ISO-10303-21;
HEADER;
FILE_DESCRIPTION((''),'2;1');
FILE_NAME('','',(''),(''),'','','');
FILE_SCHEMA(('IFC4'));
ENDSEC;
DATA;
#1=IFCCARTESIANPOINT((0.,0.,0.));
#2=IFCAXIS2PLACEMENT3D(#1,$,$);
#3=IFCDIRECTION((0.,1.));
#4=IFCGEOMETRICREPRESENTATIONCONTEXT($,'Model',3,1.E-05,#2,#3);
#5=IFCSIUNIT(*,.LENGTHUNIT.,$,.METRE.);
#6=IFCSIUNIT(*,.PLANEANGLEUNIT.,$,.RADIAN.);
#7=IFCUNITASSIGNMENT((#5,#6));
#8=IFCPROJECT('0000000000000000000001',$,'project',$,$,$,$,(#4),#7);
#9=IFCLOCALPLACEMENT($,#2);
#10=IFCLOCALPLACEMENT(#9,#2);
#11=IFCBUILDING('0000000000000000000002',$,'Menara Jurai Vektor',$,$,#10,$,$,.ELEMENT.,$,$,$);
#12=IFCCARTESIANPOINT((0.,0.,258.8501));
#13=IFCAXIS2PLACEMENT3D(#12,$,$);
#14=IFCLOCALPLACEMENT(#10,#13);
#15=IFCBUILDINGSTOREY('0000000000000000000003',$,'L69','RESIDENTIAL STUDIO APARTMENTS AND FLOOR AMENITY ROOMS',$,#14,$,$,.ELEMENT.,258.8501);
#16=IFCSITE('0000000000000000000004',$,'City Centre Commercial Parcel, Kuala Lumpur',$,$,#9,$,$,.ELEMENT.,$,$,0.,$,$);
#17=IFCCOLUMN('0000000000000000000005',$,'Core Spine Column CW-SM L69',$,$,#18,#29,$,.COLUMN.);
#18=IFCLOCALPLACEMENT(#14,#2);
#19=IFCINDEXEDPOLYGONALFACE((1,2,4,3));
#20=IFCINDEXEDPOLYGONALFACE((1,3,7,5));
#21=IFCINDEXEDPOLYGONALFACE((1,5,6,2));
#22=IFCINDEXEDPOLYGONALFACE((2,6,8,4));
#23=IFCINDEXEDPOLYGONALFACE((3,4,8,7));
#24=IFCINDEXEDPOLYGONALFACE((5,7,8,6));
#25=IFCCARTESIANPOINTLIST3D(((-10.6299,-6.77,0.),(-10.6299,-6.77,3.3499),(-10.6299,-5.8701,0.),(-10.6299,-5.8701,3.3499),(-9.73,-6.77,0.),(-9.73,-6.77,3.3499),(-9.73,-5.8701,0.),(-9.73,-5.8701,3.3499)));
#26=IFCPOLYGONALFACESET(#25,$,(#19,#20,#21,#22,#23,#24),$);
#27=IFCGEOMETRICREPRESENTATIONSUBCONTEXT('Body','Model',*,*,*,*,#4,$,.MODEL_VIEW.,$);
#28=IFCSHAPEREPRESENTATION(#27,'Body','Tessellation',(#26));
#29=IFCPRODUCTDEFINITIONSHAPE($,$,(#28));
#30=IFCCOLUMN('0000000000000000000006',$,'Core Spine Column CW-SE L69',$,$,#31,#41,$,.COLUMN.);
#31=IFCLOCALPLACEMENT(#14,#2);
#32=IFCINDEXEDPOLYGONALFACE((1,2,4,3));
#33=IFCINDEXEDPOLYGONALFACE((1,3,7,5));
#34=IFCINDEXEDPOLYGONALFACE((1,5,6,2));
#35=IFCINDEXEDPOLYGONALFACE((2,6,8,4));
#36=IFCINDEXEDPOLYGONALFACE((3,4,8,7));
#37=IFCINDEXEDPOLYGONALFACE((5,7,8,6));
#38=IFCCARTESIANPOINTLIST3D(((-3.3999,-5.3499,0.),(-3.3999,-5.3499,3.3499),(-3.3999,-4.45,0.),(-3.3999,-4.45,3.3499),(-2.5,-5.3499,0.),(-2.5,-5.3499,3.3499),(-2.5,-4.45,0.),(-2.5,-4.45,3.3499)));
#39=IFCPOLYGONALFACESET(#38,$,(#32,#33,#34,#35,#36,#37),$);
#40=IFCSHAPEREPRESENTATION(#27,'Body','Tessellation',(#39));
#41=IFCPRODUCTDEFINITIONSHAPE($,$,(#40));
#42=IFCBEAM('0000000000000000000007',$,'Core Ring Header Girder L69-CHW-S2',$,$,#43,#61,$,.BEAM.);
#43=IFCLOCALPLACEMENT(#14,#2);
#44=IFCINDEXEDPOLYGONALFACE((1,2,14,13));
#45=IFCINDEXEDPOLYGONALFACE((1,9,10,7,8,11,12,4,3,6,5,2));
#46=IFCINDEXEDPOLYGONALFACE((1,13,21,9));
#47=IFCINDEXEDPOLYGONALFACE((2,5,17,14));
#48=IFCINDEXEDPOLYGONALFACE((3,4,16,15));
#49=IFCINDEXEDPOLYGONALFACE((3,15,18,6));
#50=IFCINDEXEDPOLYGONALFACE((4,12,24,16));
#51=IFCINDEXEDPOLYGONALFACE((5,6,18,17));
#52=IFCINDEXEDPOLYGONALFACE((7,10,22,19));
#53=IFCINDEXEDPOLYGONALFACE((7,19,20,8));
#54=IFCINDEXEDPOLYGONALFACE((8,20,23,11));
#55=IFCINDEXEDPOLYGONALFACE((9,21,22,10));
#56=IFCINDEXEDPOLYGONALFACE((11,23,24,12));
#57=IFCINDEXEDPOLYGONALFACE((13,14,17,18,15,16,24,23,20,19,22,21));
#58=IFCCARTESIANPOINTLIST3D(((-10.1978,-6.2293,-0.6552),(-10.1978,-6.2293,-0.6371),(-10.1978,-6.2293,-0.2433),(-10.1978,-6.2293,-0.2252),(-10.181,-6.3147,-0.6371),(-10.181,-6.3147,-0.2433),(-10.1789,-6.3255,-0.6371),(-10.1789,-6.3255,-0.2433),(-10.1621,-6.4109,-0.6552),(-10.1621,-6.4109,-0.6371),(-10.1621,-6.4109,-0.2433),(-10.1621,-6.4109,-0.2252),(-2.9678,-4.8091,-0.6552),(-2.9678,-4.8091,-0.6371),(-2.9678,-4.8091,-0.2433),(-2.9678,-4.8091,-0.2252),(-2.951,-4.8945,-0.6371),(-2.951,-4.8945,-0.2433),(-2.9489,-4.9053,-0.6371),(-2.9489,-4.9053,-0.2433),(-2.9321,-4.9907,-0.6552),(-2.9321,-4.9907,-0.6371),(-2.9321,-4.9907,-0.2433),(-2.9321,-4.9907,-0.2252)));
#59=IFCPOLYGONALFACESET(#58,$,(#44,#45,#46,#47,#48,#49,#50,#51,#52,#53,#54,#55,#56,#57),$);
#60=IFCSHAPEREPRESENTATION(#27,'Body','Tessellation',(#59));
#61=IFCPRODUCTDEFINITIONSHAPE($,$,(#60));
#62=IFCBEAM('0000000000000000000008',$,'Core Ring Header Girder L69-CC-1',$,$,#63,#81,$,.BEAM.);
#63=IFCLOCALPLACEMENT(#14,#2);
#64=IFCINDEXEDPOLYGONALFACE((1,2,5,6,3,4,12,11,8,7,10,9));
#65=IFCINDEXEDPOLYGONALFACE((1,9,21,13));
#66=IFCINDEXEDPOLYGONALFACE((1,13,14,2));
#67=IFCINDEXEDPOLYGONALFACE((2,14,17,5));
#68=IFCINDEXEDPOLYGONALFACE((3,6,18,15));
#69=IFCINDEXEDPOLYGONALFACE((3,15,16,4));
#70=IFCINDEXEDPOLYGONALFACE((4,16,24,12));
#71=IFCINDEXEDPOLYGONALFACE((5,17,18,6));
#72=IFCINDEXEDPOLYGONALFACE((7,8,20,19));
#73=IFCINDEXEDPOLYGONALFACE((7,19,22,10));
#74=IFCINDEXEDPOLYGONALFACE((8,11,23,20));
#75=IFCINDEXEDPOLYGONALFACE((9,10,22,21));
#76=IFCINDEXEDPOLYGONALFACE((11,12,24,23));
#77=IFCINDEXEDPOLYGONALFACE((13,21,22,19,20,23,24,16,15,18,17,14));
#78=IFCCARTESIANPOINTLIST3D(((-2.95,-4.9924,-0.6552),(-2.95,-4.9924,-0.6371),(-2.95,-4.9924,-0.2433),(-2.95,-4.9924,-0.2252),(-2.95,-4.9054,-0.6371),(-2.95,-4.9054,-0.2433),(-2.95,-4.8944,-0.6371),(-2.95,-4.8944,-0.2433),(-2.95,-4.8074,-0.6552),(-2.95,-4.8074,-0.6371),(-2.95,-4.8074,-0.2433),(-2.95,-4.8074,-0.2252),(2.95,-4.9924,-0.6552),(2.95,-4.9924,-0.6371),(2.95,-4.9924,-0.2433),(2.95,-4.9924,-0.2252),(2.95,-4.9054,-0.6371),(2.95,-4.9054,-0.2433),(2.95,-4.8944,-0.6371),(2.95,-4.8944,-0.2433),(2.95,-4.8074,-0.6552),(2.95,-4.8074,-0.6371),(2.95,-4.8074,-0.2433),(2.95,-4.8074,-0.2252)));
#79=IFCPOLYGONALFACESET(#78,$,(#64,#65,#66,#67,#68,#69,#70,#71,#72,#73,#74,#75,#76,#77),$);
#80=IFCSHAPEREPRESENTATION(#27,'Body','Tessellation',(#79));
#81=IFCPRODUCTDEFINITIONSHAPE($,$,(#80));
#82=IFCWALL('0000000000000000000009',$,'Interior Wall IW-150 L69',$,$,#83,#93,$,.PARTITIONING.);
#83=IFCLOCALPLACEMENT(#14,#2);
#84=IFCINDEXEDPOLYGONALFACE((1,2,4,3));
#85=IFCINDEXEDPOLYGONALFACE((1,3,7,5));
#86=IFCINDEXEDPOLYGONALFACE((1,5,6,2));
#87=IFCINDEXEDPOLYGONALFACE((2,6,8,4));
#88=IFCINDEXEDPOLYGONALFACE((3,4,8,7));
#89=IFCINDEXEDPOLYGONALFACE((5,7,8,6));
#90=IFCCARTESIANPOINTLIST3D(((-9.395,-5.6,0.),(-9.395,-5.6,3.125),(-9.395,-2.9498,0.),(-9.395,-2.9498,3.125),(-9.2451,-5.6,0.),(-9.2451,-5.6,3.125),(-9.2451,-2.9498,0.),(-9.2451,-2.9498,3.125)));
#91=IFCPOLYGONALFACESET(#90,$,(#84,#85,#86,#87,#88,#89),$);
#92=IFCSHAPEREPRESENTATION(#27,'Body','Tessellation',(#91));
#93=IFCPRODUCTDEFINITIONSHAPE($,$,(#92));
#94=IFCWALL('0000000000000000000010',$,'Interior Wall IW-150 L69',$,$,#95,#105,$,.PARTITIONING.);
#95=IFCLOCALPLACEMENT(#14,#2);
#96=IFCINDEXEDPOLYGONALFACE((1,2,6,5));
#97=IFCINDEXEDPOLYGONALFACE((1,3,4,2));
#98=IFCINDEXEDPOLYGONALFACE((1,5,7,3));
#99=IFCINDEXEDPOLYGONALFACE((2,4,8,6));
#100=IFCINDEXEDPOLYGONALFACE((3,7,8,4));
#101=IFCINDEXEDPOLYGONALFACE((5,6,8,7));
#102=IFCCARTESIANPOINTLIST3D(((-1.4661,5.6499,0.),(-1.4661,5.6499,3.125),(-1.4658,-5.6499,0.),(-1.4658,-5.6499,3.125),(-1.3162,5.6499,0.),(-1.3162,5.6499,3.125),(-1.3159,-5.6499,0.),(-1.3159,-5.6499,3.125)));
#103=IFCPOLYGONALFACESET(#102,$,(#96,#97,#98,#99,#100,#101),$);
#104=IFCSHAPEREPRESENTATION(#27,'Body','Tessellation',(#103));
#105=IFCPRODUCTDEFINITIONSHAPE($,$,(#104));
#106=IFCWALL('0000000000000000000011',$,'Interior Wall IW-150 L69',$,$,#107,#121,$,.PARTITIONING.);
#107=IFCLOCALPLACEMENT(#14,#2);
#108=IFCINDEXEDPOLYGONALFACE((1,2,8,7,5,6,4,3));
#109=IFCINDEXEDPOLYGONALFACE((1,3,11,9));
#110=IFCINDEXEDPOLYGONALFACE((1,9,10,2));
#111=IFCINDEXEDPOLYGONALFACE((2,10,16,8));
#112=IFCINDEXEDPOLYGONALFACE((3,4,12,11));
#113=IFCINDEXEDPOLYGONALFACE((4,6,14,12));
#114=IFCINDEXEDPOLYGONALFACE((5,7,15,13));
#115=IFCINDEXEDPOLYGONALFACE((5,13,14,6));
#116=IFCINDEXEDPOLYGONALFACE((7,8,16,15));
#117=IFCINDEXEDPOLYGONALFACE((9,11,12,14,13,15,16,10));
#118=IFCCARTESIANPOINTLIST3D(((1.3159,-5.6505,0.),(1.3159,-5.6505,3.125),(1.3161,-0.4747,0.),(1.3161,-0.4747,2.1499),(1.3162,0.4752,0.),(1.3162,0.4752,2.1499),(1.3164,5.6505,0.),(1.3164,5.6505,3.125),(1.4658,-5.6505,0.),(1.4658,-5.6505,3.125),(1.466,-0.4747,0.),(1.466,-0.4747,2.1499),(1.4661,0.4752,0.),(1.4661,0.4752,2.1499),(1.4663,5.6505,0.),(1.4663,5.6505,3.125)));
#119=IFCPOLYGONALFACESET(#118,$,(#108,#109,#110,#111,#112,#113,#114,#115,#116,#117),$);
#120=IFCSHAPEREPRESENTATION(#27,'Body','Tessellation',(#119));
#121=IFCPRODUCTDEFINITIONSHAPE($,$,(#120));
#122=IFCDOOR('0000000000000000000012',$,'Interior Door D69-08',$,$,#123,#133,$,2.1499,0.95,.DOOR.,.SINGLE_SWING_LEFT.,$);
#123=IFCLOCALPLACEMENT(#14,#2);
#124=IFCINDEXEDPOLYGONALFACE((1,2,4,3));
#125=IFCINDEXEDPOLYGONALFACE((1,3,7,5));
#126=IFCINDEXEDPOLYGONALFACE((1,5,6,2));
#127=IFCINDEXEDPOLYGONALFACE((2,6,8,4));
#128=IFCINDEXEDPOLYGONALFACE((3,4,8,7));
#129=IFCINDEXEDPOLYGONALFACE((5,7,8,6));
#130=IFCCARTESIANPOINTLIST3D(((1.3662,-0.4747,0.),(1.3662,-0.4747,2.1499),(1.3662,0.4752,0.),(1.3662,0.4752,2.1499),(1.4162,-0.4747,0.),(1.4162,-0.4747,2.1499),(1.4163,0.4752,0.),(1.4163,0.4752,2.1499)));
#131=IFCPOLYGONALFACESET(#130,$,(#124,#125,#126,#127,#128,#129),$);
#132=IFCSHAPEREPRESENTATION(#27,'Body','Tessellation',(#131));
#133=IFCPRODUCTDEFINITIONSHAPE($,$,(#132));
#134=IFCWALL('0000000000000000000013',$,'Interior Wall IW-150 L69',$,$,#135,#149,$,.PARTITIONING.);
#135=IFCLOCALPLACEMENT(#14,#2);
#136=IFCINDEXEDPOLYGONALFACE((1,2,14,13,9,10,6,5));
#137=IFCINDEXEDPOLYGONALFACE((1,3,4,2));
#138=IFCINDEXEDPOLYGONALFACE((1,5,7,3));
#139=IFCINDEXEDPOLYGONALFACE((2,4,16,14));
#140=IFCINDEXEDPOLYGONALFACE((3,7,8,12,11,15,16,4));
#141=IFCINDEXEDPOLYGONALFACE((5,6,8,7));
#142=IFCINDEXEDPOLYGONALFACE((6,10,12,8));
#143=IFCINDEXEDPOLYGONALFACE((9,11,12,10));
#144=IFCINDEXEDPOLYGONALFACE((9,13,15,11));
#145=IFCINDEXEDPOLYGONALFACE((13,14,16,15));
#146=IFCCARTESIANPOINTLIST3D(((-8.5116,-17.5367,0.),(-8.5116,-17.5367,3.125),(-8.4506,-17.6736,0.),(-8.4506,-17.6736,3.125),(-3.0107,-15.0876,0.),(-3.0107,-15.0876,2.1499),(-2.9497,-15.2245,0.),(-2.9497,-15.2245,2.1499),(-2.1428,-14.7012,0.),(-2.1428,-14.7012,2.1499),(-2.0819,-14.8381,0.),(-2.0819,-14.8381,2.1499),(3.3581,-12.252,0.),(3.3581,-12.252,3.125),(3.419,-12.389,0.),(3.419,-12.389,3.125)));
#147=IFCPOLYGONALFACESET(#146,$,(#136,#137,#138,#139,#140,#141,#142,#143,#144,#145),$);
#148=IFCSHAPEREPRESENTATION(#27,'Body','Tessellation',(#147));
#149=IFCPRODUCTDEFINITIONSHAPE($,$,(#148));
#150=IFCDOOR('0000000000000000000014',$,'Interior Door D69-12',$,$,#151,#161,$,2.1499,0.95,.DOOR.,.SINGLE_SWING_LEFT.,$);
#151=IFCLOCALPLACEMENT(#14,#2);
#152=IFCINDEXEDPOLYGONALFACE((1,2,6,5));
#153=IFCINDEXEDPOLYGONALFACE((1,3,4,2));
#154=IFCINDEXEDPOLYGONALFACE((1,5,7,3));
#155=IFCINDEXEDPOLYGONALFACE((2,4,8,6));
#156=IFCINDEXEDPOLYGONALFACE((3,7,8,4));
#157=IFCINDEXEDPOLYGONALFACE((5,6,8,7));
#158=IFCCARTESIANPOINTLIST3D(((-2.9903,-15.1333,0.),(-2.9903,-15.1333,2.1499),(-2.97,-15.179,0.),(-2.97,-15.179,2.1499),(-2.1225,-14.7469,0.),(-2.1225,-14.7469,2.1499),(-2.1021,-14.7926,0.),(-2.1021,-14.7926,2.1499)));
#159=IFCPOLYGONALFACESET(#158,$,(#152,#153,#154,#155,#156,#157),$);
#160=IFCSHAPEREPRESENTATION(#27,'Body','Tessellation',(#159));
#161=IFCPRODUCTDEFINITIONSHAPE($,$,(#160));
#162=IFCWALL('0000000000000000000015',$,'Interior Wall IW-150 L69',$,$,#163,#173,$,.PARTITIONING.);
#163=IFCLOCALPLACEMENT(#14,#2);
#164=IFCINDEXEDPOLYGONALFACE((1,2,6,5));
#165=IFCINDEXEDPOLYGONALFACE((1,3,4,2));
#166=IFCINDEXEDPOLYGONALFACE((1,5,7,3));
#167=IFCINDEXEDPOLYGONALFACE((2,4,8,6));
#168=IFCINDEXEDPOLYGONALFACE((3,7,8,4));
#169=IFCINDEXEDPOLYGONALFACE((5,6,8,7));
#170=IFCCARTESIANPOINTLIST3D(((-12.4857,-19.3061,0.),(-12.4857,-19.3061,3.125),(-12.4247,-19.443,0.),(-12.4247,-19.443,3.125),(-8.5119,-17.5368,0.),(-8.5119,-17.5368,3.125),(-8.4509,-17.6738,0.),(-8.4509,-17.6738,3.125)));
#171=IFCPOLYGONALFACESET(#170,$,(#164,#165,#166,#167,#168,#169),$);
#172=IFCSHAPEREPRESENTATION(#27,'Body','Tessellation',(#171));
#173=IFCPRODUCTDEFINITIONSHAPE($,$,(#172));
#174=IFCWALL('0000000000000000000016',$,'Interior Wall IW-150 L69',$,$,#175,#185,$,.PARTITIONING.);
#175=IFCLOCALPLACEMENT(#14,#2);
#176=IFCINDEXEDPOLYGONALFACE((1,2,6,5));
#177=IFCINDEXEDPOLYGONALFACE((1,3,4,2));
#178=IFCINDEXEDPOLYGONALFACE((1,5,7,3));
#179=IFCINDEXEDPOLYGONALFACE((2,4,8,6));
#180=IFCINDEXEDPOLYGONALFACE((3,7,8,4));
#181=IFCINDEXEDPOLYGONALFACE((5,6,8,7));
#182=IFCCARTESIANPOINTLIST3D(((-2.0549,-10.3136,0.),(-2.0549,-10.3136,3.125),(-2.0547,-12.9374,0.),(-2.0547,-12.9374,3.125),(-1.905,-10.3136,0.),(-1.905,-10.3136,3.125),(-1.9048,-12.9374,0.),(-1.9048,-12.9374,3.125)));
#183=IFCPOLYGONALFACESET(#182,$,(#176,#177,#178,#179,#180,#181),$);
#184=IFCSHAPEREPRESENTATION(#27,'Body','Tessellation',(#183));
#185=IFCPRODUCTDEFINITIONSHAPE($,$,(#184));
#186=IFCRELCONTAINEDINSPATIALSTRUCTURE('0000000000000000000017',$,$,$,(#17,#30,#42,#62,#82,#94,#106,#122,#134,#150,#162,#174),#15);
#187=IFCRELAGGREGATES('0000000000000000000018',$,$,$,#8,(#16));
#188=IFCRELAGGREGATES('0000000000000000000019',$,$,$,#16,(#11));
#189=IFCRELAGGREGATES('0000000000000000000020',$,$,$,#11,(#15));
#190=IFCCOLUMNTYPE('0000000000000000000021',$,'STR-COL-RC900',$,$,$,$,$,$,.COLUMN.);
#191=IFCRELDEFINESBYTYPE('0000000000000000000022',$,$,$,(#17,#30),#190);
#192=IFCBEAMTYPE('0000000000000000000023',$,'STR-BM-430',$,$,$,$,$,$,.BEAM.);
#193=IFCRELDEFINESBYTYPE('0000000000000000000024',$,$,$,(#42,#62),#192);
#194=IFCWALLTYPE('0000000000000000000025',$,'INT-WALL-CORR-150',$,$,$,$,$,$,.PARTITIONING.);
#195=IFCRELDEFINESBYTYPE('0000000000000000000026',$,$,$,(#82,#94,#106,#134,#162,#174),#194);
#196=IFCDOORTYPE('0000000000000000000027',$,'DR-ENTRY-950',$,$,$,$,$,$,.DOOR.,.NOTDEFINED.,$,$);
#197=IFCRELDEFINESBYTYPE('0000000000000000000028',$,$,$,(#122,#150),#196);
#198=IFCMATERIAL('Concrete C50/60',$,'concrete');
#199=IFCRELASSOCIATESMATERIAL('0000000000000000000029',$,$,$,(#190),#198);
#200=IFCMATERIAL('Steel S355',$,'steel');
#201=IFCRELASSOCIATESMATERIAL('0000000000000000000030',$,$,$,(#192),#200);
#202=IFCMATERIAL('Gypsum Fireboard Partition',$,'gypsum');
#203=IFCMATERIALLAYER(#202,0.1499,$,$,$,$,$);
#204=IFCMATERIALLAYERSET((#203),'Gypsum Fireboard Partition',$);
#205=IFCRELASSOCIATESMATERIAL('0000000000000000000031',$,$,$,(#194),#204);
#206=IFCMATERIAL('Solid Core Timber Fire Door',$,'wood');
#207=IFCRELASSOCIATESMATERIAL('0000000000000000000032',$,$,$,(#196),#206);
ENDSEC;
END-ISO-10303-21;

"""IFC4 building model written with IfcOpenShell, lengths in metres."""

from ifc_helpers import new_model, si_unit, direction, frame, frame_2d, origin, origin_2d, place, context, subcontext, project, spatial, rectangle, i_section, extrude, material, layer, layer_set, material_profile, profile_set, type_object, element, fill, save


model = new_model("IFC4")

# Units and contexts
model_context = context("Model", 3, precision=1e-05, world=origin(), true_north=direction((0.0, 1.0)))
body_context = subcontext(model_context, "Body", "Model", "MODEL_VIEW")
ifc_project = project(units=[si_unit("LENGTHUNIT", "METRE"), si_unit("PLANEANGLEUNIT", "RADIAN")], contexts=[model_context])

# Site, building, storey
site_placement = place(None, origin())
site = spatial("IfcSite", under=ifc_project, at=site_placement, Name="City Centre Commercial Parcel, Kuala Lumpur", CompositionType="ELEMENT", RefElevation=0.0)
building_placement = place(site_placement, origin())
building = spatial("IfcBuilding", under=site, at=building_placement, Name="Menara Jurai Vektor", CompositionType="ELEMENT")
storey_placement = place(building_placement, frame((0.0, 0.0, 258.8501)))
storey = spatial("IfcBuildingStorey", under=building, at=storey_placement, Name="L69", Description="RESIDENTIAL STUDIO APARTMENTS AND FLOOR AMENITY ROOMS", CompositionType="ELEMENT", Elevation=258.8501)

# Columns
ifc_material_1 = material(Name="Concrete C50/60", Category="concrete")
ifc_material_profile_1 = material_profile(ifc_material_1, rectangle(XDim=0.8999, YDim=0.8999, at=origin_2d()), Name="RC 900x900")
ifc_profile_set_1 = profile_set([ifc_material_profile_1], Name="Concrete C50/60")
column_type = type_object("IfcColumnType", Name="STR-COL-RC900", PredefinedType="COLUMN", material=ifc_profile_set_1)
for number, where, z_axis, x_axis, name in (
    (1, (-10.1799, -6.3201, 0.0), (0.0, 0.0, 1.0), (1.0, 0.0, 0.0), "Core Spine Column CW-SM L69"),
    (2, (-2.95, -4.8999, 0.0), (0.0, 0.0, 1.0), (1.0, 0.0, 0.0), "Core Spine Column CW-SE L69"),
):
    element("IfcColumn", number, at=place(storey_placement, frame(where, z_axis=z_axis, x_axis=x_axis)), inside=storey, type_object=column_type, Name=name, PredefinedType="COLUMN", context=body_context, shape_type="SweptSolid", body=[
        extrude(rectangle(XDim=0.8999, YDim=0.8999, at=origin_2d()), origin(), (0.0, 0.0, 1.0), 3.3499),
    ])

# Beams
ifc_material_2 = material(Name="Steel S355", Category="steel")
ifc_material_profile_2 = material_profile(ifc_material_2, i_section(OverallWidth=0.1851, OverallDepth=0.4299, WebThickness=0.011, FlangeThickness=0.0181, at=origin_2d()), Name="PG 430x185x76")
ifc_profile_set_2 = profile_set([ifc_material_profile_2], Name="Steel S355")
beam_type = type_object("IfcBeamType", Name="STR-BM-430", PredefinedType="BEAM", material=ifc_profile_set_2)
beam_1_placement = place(storey_placement, frame((-10.1799, -6.3201, -0.4402), z_axis=(0.981249, 0.192744, 0.0), x_axis=(-0.192744, 0.981249, 0.0)))
element("IfcBeam", 3, at=beam_1_placement, inside=storey, type_object=beam_type, Name="Core Ring Header Girder L69-CHW-S2", PredefinedType="BEAM", context=body_context, shape_type="SweptSolid", body=[
    extrude(i_section(OverallWidth=0.1851, OverallDepth=0.4299, WebThickness=0.011, FlangeThickness=0.0181, at=origin_2d()), origin(), (0.0, 0.0, 1.0), 7.3682),
])
beam_2_placement = place(storey_placement, frame((-2.95, -4.8999, -0.4402), z_axis=(1.0, 0.0, 0.0), x_axis=(0.0, 1.0, 0.0)))
element("IfcBeam", 4, at=beam_2_placement, inside=storey, type_object=beam_type, Name="Core Ring Header Girder L69-CC-1", PredefinedType="BEAM", context=body_context, shape_type="SweptSolid", body=[
    extrude(i_section(OverallWidth=0.1851, OverallDepth=0.4299, WebThickness=0.011, FlangeThickness=0.0181, at=origin_2d()), origin(), (0.0, 0.0, 1.0), 5.8999),
])

# Walls
ifc_material_3 = material(Name="Gypsum Fireboard Partition", Category="gypsum")
ifc_layer_1 = layer(ifc_material_3, 0.1499)
ifc_layer_set_1 = layer_set([ifc_layer_1], Name="Gypsum Fireboard Partition")
wall_type_1 = type_object("IfcWallType", Name="INT-WALL-CORR-150", PredefinedType="PARTITIONING", material=ifc_layer_set_1)
wall_1_placement = place(storey_placement, frame((-9.3201, -5.6001, 0.0), z_axis=(0.0, 0.0, 1.0), x_axis=(0.0, 1.0, 0.0)))
element("IfcWall", 5, at=wall_1_placement, inside=storey, type_object=wall_type_1, Name="Interior Wall IW-150 L69", PredefinedType="PARTITIONING", context=body_context, shape_type="SweptSolid", body=[
    extrude(rectangle(XDim=2.6501, YDim=0.1499, at=frame_2d((1.3252, 0.0))), origin(), (0.0, 0.0, 1.0), 3.125),
])
wall_2_placement = place(storey_placement, frame((-1.3909, -5.6499, 0.0), z_axis=(0.0, 0.0, 1.0), x_axis=(-0.000022, 1.0, 0.0)))
element("IfcWall", 6, at=wall_2_placement, inside=storey, type_object=wall_type_1, Name="Interior Wall IW-150 L69", PredefinedType="PARTITIONING", context=body_context, shape_type="SweptSolid", body=[
    extrude(rectangle(XDim=11.2998, YDim=0.1499, at=frame_2d((5.6499, 0.0))), origin(), (0.0, 0.0, 1.0), 3.125),
])

# Walls, openings, doors
wall_3_placement = place(storey_placement, frame((1.3909, -5.6504, 0.0), z_axis=(0.0, 0.0, 1.0), x_axis=(0.000043, 1.0, 0.0)))
wall_3 = element("IfcWall", 7, at=wall_3_placement, inside=storey, type_object=wall_type_1, Name="Interior Wall IW-150 L69", PredefinedType="PARTITIONING", context=body_context, shape_type="SweptSolid", body=[
    extrude(rectangle(XDim=11.301, YDim=0.1499, at=frame_2d((5.6504, 0.0))), origin(), (0.0, 0.0, 1.0), 3.125),
])
opening_1_placement = place(wall_3_placement, frame((5.1755, 0.0, 0.0)))
opening_1 = element("IfcOpeningElement", 8, at=opening_1_placement, cuts=wall_3, PredefinedType="OPENING", context=body_context, shape_type="SweptSolid", body=[
    extrude(rectangle(XDim=0.95, YDim=2.1499, at=frame_2d((0.4751, 1.075))), frame((0.0, 0.085, 0.0), z_axis=(0.0, -1.0, 0.0), x_axis=(1.0, 0.0, 0.0)), (0.0, 0.0, 1.0), 0.1699),
])
ifc_material_4 = material(Name="Solid Core Timber Fire Door", Category="wood")
door_type = type_object("IfcDoorType", Name="DR-ENTRY-950", OperationType="NOTDEFINED", PredefinedType="DOOR", material=ifc_material_4)
door_1_placement = place(opening_1_placement, origin())
door_1 = element("IfcDoor", 9, at=door_1_placement, inside=storey, type_object=door_type, Name="Interior Door D69-08", OperationType="SINGLE_SWING_LEFT", OverallHeight=2.1499, OverallWidth=0.95, PredefinedType="DOOR", context=body_context, shape_type="SweptSolid", body=[
    extrude(rectangle(XDim=0.95, YDim=2.1499, at=frame_2d((0.4751, 1.075))), frame((0.0, 0.0249, 0.0), z_axis=(0.0, -1.0, 0.0), x_axis=(1.0, 0.0, 0.0)), (0.0, 0.0, 1.0), 0.05),
])
fill(opening_1, door_1)
wall_4_placement = place(storey_placement, frame((-8.4812, -17.6052, 0.0), z_axis=(0.0, 0.0, 1.0), x_axis=(0.913546, 0.406735, 0.0)))
wall_4 = element("IfcWall", 10, at=wall_4_placement, inside=storey, type_object=wall_type_1, Name="Interior Wall IW-150 L69", PredefinedType="PARTITIONING", context=body_context, shape_type="SweptSolid", body=[
    extrude(rectangle(XDim=12.9929, YDim=0.1499, at=frame_2d((6.4966, 0.0))), origin(), (0.0, 0.0, 1.0), 3.125),
])
opening_2_placement = place(wall_4_placement, frame((6.0215, 0.0, 0.0)))
opening_2 = element("IfcOpeningElement", 11, at=opening_2_placement, cuts=wall_4, PredefinedType="OPENING", context=body_context, shape_type="SweptSolid", body=[
    extrude(rectangle(XDim=0.95, YDim=2.1499, at=frame_2d((0.4751, 1.075))), frame((0.0, 0.085, 0.0), z_axis=(0.0, -1.0, 0.0), x_axis=(1.0, 0.0, 0.0)), (0.0, 0.0, 1.0), 0.1699),
])
door_2_placement = place(opening_2_placement, origin())
door_2 = element("IfcDoor", 12, at=door_2_placement, inside=storey, type_object=door_type, Name="Interior Door D69-12", OperationType="SINGLE_SWING_LEFT", OverallHeight=2.1499, OverallWidth=0.95, PredefinedType="DOOR", context=body_context, shape_type="SweptSolid", body=[
    extrude(rectangle(XDim=0.95, YDim=2.1499, at=frame_2d((0.4751, 1.075))), frame((0.0, 0.0249, 0.0), z_axis=(0.0, -1.0, 0.0), x_axis=(1.0, 0.0, 0.0)), (0.0, 0.0, 1.0), 0.05),
])
fill(opening_2, door_2)

# Walls
wall_5_placement = place(storey_placement, frame((-12.4551, -19.3745, 0.0), z_axis=(0.0, 0.0, 1.0), x_axis=(0.913545, 0.406737, 0.0)))
element("IfcWall", 13, at=wall_5_placement, inside=storey, type_object=wall_type_1, Name="Interior Wall IW-150 L69", PredefinedType="PARTITIONING", context=body_context, shape_type="SweptSolid", body=[
    extrude(rectangle(XDim=4.3499, YDim=0.1499, at=frame_2d((2.1748, 0.0))), origin(), (0.0, 0.0, 1.0), 3.125),
])
wall_6_placement = place(storey_placement, frame((-1.9797, -12.9375, 0.0), z_axis=(0.0, 0.0, 1.0), x_axis=(-0.000093, 1.0, 0.0)))
element("IfcWall", 14, at=wall_6_placement, inside=storey, type_object=wall_type_1, Name="Interior Wall IW-150 L69", PredefinedType="PARTITIONING", context=body_context, shape_type="SweptSolid", body=[
    extrude(rectangle(XDim=2.6238, YDim=0.1499, at=frame_2d((1.312, 0.0))), origin(), (0.0, 0.0, 1.0), 3.125),
])

save(model, "model.ifc")
